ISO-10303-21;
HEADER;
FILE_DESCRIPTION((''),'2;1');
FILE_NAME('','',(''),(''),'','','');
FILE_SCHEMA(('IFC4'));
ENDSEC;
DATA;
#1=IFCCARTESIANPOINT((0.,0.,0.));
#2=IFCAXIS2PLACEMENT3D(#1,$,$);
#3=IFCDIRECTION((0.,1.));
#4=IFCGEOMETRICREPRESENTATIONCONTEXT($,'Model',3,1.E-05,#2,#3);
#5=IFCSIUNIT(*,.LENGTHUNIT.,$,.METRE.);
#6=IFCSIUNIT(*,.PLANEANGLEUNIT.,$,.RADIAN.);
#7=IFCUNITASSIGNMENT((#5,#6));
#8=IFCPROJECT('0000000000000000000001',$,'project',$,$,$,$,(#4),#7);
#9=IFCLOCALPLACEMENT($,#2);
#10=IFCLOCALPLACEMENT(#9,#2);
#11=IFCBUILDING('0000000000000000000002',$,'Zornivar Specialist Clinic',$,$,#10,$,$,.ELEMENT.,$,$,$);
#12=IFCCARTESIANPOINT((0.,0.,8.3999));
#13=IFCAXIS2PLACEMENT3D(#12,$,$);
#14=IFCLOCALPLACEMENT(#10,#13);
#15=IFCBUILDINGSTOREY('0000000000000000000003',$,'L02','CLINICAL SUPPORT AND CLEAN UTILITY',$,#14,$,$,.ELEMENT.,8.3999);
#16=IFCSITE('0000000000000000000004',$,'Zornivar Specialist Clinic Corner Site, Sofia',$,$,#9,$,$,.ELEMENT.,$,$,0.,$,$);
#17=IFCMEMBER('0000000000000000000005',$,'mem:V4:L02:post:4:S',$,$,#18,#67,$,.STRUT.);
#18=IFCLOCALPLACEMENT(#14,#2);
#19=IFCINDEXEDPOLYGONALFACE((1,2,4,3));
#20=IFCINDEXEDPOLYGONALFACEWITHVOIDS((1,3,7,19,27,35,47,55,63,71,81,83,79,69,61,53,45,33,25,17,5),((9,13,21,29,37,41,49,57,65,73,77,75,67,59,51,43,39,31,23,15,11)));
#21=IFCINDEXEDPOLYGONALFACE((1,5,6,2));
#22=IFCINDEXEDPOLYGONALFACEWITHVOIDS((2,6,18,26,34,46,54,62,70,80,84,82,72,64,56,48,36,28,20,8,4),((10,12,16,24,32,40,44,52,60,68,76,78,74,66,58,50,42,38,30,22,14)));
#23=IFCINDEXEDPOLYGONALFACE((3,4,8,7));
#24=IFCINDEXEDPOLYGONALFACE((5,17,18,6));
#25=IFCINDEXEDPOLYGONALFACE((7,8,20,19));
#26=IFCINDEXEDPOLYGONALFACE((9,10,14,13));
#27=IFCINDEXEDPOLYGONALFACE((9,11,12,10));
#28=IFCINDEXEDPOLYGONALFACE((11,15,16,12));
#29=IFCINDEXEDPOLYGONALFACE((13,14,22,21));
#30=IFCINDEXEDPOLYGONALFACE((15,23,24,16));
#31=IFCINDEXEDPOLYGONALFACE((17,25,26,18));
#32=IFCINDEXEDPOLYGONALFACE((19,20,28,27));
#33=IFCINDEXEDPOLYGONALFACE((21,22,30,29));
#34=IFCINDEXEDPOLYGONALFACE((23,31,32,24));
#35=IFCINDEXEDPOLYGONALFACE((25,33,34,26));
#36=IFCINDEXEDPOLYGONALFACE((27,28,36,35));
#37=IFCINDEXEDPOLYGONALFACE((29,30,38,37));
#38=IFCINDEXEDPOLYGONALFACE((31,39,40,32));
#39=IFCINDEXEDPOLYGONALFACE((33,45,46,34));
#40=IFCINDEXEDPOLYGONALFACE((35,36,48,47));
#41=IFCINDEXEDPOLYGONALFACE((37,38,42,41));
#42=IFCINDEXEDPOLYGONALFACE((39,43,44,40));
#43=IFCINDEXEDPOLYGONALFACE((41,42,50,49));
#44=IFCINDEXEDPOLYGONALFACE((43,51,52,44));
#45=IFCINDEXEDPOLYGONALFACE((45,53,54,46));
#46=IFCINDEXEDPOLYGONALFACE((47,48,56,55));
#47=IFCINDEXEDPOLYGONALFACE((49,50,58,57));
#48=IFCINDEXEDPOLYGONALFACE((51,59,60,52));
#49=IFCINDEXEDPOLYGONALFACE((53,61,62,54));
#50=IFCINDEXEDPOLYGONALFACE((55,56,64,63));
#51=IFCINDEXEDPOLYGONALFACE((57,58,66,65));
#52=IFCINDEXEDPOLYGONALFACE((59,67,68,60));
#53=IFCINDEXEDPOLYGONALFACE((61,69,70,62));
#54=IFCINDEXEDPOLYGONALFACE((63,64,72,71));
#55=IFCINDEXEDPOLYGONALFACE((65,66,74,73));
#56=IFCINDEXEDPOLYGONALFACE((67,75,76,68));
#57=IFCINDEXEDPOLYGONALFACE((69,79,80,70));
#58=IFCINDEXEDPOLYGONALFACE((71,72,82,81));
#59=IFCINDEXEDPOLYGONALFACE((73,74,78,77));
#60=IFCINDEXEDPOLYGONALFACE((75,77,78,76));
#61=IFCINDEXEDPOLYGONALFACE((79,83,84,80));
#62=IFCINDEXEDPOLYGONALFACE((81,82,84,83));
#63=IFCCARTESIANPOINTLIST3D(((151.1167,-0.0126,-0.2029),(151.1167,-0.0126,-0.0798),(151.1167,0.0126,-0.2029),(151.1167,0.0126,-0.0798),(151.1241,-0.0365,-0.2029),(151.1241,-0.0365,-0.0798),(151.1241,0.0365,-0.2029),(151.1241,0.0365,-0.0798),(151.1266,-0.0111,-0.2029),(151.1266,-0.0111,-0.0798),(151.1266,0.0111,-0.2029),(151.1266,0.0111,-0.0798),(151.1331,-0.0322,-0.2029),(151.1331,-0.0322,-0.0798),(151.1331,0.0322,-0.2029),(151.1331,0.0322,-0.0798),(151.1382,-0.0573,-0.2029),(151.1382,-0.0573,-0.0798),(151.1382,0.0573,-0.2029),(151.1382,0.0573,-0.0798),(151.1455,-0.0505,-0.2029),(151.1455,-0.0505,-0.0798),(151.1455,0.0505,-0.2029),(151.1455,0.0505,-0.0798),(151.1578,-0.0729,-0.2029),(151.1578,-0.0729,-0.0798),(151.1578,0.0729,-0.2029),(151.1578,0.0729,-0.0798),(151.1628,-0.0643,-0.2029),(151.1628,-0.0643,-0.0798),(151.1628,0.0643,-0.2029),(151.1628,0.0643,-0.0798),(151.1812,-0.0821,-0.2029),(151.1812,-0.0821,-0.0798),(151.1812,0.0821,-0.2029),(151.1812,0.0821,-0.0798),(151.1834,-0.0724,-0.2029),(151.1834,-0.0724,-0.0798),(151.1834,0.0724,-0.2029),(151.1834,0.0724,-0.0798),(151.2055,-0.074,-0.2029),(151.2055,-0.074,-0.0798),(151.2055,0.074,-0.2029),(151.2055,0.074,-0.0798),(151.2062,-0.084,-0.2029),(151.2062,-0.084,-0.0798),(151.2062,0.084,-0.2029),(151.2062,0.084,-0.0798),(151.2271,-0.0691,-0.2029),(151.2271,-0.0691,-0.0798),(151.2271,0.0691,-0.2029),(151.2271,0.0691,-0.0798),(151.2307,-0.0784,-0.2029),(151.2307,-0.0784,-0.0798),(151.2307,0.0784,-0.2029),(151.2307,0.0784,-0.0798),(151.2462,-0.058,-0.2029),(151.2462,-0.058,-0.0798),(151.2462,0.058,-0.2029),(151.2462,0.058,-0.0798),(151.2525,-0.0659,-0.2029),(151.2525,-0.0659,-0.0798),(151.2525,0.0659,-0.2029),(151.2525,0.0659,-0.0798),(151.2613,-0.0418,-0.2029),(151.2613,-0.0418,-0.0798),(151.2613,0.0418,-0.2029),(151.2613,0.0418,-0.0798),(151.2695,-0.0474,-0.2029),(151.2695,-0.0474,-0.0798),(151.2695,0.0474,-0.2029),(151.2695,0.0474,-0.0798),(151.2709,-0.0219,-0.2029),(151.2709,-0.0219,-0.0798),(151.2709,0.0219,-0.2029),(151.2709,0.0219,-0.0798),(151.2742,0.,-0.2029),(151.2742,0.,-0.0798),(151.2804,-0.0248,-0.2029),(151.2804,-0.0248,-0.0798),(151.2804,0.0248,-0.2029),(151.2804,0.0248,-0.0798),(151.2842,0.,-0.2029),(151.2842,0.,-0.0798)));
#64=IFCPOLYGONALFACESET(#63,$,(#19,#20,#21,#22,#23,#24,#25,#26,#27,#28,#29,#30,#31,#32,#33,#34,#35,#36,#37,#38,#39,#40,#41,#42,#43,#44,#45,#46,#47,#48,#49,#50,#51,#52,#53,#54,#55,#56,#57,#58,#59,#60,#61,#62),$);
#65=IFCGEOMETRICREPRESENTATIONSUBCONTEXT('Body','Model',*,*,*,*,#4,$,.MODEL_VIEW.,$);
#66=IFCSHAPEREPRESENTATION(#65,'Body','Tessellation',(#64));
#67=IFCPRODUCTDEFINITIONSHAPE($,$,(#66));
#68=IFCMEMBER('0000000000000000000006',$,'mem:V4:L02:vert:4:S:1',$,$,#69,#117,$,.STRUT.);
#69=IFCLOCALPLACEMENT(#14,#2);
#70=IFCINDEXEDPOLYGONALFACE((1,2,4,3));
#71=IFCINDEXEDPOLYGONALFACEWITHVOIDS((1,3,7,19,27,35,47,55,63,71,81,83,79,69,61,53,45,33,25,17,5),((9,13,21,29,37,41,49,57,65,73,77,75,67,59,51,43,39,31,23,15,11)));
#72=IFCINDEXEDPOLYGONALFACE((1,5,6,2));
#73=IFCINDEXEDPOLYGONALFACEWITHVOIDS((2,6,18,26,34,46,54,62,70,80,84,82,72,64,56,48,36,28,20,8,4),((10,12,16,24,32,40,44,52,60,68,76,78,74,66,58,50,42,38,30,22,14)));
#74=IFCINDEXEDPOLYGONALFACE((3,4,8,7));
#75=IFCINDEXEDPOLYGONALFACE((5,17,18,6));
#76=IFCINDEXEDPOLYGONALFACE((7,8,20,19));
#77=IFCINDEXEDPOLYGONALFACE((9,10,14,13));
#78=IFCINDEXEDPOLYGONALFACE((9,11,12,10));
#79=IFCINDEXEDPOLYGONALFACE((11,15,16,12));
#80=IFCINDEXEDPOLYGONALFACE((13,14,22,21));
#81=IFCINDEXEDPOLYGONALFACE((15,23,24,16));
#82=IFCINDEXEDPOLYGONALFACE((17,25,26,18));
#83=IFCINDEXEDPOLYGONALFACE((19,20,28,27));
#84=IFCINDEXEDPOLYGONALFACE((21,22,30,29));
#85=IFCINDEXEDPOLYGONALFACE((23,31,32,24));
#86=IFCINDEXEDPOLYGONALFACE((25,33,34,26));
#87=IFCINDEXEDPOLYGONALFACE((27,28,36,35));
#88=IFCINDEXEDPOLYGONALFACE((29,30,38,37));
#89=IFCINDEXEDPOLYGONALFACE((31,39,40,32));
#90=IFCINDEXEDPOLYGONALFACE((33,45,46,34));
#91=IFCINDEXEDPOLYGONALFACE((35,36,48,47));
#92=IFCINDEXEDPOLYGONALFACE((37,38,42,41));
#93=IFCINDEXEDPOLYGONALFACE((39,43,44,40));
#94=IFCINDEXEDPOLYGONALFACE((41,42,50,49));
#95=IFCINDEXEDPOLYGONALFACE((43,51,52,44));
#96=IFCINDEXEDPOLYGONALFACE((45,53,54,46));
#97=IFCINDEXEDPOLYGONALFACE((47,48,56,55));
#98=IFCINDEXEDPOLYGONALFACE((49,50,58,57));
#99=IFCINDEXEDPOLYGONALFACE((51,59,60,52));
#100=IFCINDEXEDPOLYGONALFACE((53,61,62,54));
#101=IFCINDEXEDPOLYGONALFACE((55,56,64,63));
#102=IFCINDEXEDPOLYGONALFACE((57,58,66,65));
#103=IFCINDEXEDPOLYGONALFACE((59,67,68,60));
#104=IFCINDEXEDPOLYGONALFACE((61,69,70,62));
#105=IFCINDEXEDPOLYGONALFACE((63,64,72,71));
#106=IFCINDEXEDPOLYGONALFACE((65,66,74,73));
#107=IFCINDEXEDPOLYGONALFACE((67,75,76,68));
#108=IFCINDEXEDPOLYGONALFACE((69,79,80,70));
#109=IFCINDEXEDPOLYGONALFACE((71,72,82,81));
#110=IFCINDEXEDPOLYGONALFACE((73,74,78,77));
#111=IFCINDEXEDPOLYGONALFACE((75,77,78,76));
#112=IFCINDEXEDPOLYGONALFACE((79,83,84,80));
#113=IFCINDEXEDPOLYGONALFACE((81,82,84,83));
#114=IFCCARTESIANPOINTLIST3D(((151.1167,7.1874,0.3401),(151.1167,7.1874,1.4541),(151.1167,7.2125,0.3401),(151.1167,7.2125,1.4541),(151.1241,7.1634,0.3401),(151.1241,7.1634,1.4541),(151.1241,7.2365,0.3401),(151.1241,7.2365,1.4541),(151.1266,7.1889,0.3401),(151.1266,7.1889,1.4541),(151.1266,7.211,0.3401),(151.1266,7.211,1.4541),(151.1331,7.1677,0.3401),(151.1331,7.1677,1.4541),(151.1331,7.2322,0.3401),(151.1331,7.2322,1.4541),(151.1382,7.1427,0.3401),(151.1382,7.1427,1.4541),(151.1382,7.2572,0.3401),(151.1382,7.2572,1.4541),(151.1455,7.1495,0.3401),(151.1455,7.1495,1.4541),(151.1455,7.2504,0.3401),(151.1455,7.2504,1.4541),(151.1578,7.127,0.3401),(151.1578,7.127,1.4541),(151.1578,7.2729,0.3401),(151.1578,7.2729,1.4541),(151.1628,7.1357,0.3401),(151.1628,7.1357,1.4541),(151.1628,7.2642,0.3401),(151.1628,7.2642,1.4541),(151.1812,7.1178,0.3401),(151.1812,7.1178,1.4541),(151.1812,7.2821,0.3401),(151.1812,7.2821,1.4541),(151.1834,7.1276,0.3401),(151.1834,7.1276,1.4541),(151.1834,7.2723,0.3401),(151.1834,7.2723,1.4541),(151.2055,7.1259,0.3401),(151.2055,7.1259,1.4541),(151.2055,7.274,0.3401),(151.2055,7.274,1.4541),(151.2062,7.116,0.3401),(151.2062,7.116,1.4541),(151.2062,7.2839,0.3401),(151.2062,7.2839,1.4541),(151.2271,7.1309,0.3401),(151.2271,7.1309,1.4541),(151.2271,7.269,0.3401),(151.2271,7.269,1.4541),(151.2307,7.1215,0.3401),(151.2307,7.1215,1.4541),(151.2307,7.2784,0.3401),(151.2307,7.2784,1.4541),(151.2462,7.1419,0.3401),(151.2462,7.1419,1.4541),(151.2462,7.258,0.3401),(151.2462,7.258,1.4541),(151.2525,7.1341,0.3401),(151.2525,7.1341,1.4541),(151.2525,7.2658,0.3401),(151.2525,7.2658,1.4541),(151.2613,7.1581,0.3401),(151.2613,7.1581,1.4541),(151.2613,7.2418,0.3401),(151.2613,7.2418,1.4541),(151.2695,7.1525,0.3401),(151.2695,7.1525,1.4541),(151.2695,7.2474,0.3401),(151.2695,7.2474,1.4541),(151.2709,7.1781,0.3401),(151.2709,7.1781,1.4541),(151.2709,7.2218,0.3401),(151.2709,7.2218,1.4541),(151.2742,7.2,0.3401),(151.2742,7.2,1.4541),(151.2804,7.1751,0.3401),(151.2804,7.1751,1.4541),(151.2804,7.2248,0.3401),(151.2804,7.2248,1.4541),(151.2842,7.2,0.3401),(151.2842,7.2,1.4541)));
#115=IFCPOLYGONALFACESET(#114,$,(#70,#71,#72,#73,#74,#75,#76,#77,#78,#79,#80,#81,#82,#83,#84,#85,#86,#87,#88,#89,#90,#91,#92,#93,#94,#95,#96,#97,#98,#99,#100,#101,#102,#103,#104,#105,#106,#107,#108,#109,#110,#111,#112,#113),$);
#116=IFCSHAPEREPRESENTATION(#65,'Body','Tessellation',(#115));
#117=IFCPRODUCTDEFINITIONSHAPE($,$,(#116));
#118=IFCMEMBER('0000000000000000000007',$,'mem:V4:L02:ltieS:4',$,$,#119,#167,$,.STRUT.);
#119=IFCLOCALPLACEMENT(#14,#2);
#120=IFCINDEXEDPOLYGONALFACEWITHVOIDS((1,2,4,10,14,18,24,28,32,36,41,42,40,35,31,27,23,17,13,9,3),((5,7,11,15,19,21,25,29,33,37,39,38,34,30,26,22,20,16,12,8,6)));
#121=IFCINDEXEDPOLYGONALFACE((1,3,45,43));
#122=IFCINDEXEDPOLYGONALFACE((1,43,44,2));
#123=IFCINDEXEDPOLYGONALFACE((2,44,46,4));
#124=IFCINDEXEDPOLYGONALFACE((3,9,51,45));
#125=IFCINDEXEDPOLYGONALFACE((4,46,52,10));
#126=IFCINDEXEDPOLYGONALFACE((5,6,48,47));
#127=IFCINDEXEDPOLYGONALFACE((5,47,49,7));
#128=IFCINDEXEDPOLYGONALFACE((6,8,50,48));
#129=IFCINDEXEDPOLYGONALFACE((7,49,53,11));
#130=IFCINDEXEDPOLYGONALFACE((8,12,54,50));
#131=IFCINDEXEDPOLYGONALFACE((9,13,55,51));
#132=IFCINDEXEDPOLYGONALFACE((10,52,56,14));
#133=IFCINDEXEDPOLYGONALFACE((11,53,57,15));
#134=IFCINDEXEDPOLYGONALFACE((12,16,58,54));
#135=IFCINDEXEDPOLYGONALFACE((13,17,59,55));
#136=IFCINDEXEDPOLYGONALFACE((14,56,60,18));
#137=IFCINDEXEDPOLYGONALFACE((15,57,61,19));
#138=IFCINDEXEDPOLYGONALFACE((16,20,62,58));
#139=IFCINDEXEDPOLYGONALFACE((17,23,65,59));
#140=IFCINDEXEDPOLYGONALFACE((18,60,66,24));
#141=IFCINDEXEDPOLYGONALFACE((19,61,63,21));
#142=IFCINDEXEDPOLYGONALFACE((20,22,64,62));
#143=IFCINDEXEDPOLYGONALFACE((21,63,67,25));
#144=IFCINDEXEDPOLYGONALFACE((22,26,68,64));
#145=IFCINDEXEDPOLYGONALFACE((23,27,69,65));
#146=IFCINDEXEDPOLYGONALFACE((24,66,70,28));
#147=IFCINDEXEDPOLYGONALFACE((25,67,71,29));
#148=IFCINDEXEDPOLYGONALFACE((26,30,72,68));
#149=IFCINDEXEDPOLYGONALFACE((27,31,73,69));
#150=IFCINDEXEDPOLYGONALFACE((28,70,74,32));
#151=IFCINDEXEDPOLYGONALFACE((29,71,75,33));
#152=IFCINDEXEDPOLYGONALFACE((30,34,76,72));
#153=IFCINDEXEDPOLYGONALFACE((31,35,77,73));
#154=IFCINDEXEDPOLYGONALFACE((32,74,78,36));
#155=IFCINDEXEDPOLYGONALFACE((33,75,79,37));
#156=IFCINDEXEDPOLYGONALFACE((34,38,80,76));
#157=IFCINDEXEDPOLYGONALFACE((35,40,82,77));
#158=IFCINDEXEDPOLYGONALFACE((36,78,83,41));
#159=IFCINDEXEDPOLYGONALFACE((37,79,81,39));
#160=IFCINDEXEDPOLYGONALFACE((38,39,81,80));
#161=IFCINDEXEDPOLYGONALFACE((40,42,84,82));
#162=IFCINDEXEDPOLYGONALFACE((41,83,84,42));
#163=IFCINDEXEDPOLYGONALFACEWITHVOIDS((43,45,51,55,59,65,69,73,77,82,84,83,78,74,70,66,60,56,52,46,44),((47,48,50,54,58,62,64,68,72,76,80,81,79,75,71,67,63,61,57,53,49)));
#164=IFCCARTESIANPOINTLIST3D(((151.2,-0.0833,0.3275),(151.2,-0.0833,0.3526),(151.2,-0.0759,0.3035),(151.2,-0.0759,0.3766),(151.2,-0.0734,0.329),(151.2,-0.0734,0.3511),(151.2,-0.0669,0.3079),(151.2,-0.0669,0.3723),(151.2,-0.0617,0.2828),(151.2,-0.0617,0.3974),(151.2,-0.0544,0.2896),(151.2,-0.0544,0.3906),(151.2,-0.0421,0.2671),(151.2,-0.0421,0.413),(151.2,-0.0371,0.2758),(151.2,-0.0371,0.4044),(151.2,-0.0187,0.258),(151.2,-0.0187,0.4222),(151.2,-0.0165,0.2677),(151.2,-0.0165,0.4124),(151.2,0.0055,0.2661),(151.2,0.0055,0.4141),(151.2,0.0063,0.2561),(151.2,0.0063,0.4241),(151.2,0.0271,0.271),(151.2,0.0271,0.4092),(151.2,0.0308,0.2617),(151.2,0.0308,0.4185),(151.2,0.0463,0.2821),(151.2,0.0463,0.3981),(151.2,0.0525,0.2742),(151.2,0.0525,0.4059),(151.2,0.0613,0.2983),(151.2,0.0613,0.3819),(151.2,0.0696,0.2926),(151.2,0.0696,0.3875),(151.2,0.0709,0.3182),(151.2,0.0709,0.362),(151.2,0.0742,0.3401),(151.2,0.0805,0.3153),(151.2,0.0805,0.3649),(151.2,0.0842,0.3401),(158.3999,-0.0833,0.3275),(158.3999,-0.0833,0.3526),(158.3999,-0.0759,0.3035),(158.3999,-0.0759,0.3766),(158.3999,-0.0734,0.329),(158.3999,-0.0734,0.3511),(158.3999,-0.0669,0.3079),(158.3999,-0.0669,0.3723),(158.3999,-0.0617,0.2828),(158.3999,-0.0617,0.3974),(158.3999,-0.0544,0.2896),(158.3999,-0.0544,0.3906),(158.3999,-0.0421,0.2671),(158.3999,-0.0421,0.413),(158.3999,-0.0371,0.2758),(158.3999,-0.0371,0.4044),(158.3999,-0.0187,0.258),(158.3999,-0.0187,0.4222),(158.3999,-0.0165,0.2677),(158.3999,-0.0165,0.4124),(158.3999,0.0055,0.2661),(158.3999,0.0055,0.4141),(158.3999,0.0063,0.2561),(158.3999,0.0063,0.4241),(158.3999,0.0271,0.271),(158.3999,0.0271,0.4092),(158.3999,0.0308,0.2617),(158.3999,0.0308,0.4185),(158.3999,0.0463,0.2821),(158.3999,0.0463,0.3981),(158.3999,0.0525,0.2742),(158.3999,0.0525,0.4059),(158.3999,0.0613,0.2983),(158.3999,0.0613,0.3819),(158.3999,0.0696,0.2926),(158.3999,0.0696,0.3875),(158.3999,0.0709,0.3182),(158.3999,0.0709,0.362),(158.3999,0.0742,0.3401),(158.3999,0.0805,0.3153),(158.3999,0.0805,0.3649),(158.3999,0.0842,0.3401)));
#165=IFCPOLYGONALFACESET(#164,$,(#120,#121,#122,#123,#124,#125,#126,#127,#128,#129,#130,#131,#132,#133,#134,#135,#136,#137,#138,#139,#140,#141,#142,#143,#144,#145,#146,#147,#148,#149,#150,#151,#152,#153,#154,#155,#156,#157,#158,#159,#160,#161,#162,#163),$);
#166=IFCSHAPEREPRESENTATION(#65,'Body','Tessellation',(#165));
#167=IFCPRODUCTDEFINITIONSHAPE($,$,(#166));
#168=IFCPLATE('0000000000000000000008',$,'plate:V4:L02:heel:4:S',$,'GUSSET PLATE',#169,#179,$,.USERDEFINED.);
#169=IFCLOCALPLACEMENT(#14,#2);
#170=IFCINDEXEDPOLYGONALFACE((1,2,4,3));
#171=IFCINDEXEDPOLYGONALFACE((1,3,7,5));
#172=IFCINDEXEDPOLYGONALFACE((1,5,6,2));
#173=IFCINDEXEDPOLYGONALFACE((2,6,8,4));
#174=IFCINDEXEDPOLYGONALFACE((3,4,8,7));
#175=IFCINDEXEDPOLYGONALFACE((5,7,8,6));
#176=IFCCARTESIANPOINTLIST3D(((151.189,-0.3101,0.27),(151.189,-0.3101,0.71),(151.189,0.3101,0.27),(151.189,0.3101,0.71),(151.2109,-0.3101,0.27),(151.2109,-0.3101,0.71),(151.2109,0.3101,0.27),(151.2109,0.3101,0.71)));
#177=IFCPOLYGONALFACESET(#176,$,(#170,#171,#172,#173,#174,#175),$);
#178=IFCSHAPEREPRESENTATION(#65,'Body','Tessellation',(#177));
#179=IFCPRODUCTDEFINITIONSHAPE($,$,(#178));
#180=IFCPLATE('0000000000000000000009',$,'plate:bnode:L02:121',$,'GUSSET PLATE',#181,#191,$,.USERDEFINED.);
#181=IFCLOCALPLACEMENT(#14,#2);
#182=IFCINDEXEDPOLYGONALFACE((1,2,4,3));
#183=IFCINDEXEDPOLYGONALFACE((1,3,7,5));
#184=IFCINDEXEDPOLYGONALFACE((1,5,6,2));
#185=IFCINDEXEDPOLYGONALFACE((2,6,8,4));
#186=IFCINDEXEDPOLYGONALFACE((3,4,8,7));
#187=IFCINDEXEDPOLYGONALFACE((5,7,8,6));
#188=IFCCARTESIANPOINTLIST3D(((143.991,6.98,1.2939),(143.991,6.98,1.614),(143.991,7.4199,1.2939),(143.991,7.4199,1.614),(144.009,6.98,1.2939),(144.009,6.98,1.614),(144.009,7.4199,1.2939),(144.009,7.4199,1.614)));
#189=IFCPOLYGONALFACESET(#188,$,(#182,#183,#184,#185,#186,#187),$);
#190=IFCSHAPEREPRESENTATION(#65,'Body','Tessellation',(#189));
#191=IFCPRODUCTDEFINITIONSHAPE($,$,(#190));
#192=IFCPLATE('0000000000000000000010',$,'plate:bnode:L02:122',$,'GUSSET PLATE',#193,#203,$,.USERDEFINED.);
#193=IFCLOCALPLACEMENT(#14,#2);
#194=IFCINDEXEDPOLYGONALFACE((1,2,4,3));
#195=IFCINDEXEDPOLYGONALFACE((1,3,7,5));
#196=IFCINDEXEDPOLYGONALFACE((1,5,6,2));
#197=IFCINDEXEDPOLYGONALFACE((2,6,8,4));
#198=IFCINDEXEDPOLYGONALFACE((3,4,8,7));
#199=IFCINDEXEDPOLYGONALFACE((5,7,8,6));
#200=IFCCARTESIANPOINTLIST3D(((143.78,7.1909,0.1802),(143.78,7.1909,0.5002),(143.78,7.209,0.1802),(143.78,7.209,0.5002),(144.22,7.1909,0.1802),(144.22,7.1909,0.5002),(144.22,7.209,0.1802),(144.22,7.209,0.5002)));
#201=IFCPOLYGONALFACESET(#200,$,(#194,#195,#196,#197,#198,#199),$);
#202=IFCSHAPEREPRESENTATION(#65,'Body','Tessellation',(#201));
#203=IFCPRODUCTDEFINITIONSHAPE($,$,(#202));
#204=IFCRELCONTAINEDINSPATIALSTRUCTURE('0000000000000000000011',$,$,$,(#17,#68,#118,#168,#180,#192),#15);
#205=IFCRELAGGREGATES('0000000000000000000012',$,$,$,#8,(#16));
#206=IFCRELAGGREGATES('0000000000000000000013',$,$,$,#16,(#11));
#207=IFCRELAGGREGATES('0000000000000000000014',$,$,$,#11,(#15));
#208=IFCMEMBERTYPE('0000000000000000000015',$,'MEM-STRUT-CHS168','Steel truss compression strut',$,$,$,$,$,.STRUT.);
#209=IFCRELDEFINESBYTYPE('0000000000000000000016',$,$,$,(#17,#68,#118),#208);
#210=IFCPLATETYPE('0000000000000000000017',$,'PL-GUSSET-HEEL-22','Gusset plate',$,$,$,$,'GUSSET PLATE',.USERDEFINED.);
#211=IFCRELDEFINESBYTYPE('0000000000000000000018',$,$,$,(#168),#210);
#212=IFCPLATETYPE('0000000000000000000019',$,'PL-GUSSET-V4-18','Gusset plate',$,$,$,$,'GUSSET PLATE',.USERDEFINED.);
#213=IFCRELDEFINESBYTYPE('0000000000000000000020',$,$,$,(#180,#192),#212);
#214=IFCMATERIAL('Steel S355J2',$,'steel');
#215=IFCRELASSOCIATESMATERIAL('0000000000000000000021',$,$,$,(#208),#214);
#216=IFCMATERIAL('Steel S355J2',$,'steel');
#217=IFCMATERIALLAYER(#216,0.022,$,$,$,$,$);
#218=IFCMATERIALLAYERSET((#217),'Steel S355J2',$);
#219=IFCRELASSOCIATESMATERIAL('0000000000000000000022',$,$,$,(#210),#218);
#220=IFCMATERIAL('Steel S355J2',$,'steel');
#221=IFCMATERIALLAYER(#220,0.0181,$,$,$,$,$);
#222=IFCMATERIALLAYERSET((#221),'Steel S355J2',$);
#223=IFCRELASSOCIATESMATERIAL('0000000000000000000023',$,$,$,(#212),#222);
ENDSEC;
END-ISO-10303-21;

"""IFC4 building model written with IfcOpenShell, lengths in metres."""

from ifc_helpers import new_model, si_unit, direction, frame, origin, origin_2d, place, context, subcontext, project, spatial, rectangle, hollow_circle, extrude, material, layer, layer_set, material_profile, profile_set, type_object, element, save


model = new_model("IFC4")

# Units and contexts
model_context = context("Model", 3, precision=1e-05, world=origin(), true_north=direction((0.0, 1.0)))
body_context = subcontext(model_context, "Body", "Model", "MODEL_VIEW")
ifc_project = project(units=[si_unit("LENGTHUNIT", "METRE"), si_unit("PLANEANGLEUNIT", "RADIAN")], contexts=[model_context])

# Site, building, storey
site_placement = place(None, origin())
site = spatial("IfcSite", under=ifc_project, at=site_placement, Name="Zornivar Specialist Clinic Corner Site, Sofia", CompositionType="ELEMENT", RefElevation=0.0)
building_placement = place(site_placement, origin())
building = spatial("IfcBuilding", under=site, at=building_placement, Name="Zornivar Specialist Clinic", CompositionType="ELEMENT")
storey_placement = place(building_placement, frame((0.0, 0.0, 8.3999)))
storey = spatial("IfcBuildingStorey", under=building, at=storey_placement, Name="L02", Description="CLINICAL SUPPORT AND CLEAN UTILITY", CompositionType="ELEMENT", Elevation=8.3999)

# Members
ifc_material_1 = material(Name="Steel S355J2", Category="steel")
ifc_material_profile_1 = material_profile(ifc_material_1, hollow_circle(Radius=0.0842, WallThickness=0.01, at=origin_2d()), Name="CHS 168.3x10")
ifc_profile_set_1 = profile_set([ifc_material_profile_1], Name="Steel S355J2")
member_type_1 = type_object("IfcMemberType", Name="MEM-STRUT-CHS168", Description="Steel truss compression strut", PredefinedType="STRUT", material=ifc_profile_set_1)
member_1_placement = place(storey_placement, frame((151.2, 0.0, -0.0798), z_axis=(0.0, 0.0, -1.0), x_axis=(1.0, 0.0, 0.0)))
element("IfcMember", 1, at=member_1_placement, inside=storey, type_object=member_type_1, Name="mem:V4:L02:post:4:S", PredefinedType="STRUT", context=body_context, shape_type="SweptSolid", body=[
    extrude(hollow_circle(Radius=0.0842, WallThickness=0.01, at=origin_2d()), origin(), (0.0, 0.0, 1.0), 0.123),
])
member_2_placement = place(storey_placement, frame((151.2, 7.2, 0.3401), z_axis=(0.0, 0.0, 1.0), x_axis=(1.0, 0.0, 0.0)))
element("IfcMember", 2, at=member_2_placement, inside=storey, type_object=member_type_1, Name="mem:V4:L02:vert:4:S:1", PredefinedType="STRUT", context=body_context, shape_type="SweptSolid", body=[
    extrude(hollow_circle(Radius=0.0842, WallThickness=0.01, at=origin_2d()), origin(), (0.0, 0.0, 1.0), 1.114),
])
member_3_placement = place(storey_placement, frame((151.2, 0.0, 0.3401), z_axis=(1.0, 0.0, 0.0), x_axis=(0.0, 1.0, 0.0)))
element("IfcMember", 3, at=member_3_placement, inside=storey, type_object=member_type_1, Name="mem:V4:L02:ltieS:4", PredefinedType="STRUT", context=body_context, shape_type="SweptSolid", body=[
    extrude(hollow_circle(Radius=0.0842, WallThickness=0.01, at=origin_2d()), origin(), (0.0, 0.0, 1.0), 7.2),
])

# Plates
ifc_material_2 = material(Name="Steel S355J2", Category="steel")
ifc_layer_1 = layer(ifc_material_2, 0.022)
ifc_layer_set_1 = layer_set([ifc_layer_1], Name="Steel S355J2")
plate_type_1 = type_object("IfcPlateType", Name="PL-GUSSET-HEEL-22", Description="Gusset plate", ElementType="GUSSET PLATE", PredefinedType="USERDEFINED", material=ifc_layer_set_1)
plate_placement = place(storey_placement, frame((151.2, 0.0, 0.27), z_axis=(0.0, 0.0, 1.0), x_axis=(1.0, 0.0, 0.0)))
element("IfcPlate", 4, at=plate_placement, inside=storey, type_object=plate_type_1, Name="plate:V4:L02:heel:4:S", ObjectType="GUSSET PLATE", PredefinedType="USERDEFINED", context=body_context, shape_type="SweptSolid", body=[
    extrude(rectangle(XDim=0.022, YDim=0.6201, at=origin_2d()), origin(), (0.0, 0.0, 1.0), 0.4399),
])
ifc_material_3 = material(Name="Steel S355J2", Category="steel")
ifc_layer_2 = layer(ifc_material_3, 0.0181)
ifc_layer_set_2 = layer_set([ifc_layer_2], Name="Steel S355J2")
plate_type_2 = type_object("IfcPlateType", Name="PL-GUSSET-V4-18", Description="Gusset plate", ElementType="GUSSET PLATE", PredefinedType="USERDEFINED", material=ifc_layer_set_2)
for number, where, z_axis, x_axis, name in (
    (5, (144.0, 7.2, 1.2939), (0.0, 0.0, 1.0), (0.0, 1.0, 0.0), "plate:bnode:L02:121"),
    (6, (144.0, 7.2, 0.1802), (0.0, 0.0, 1.0), (1.0, 0.0, 0.0), "plate:bnode:L02:122"),
):
    element("IfcPlate", number, at=place(storey_placement, frame(where, z_axis=z_axis, x_axis=x_axis)), inside=storey, type_object=plate_type_2, Name=name, ObjectType="GUSSET PLATE", PredefinedType="USERDEFINED", context=body_context, shape_type="SweptSolid", body=[
        extrude(rectangle(XDim=0.4399, YDim=0.0181, at=origin_2d()), origin(), (0.0, 0.0, 1.0), 0.3201),
    ])

save(model, "model.ifc")
